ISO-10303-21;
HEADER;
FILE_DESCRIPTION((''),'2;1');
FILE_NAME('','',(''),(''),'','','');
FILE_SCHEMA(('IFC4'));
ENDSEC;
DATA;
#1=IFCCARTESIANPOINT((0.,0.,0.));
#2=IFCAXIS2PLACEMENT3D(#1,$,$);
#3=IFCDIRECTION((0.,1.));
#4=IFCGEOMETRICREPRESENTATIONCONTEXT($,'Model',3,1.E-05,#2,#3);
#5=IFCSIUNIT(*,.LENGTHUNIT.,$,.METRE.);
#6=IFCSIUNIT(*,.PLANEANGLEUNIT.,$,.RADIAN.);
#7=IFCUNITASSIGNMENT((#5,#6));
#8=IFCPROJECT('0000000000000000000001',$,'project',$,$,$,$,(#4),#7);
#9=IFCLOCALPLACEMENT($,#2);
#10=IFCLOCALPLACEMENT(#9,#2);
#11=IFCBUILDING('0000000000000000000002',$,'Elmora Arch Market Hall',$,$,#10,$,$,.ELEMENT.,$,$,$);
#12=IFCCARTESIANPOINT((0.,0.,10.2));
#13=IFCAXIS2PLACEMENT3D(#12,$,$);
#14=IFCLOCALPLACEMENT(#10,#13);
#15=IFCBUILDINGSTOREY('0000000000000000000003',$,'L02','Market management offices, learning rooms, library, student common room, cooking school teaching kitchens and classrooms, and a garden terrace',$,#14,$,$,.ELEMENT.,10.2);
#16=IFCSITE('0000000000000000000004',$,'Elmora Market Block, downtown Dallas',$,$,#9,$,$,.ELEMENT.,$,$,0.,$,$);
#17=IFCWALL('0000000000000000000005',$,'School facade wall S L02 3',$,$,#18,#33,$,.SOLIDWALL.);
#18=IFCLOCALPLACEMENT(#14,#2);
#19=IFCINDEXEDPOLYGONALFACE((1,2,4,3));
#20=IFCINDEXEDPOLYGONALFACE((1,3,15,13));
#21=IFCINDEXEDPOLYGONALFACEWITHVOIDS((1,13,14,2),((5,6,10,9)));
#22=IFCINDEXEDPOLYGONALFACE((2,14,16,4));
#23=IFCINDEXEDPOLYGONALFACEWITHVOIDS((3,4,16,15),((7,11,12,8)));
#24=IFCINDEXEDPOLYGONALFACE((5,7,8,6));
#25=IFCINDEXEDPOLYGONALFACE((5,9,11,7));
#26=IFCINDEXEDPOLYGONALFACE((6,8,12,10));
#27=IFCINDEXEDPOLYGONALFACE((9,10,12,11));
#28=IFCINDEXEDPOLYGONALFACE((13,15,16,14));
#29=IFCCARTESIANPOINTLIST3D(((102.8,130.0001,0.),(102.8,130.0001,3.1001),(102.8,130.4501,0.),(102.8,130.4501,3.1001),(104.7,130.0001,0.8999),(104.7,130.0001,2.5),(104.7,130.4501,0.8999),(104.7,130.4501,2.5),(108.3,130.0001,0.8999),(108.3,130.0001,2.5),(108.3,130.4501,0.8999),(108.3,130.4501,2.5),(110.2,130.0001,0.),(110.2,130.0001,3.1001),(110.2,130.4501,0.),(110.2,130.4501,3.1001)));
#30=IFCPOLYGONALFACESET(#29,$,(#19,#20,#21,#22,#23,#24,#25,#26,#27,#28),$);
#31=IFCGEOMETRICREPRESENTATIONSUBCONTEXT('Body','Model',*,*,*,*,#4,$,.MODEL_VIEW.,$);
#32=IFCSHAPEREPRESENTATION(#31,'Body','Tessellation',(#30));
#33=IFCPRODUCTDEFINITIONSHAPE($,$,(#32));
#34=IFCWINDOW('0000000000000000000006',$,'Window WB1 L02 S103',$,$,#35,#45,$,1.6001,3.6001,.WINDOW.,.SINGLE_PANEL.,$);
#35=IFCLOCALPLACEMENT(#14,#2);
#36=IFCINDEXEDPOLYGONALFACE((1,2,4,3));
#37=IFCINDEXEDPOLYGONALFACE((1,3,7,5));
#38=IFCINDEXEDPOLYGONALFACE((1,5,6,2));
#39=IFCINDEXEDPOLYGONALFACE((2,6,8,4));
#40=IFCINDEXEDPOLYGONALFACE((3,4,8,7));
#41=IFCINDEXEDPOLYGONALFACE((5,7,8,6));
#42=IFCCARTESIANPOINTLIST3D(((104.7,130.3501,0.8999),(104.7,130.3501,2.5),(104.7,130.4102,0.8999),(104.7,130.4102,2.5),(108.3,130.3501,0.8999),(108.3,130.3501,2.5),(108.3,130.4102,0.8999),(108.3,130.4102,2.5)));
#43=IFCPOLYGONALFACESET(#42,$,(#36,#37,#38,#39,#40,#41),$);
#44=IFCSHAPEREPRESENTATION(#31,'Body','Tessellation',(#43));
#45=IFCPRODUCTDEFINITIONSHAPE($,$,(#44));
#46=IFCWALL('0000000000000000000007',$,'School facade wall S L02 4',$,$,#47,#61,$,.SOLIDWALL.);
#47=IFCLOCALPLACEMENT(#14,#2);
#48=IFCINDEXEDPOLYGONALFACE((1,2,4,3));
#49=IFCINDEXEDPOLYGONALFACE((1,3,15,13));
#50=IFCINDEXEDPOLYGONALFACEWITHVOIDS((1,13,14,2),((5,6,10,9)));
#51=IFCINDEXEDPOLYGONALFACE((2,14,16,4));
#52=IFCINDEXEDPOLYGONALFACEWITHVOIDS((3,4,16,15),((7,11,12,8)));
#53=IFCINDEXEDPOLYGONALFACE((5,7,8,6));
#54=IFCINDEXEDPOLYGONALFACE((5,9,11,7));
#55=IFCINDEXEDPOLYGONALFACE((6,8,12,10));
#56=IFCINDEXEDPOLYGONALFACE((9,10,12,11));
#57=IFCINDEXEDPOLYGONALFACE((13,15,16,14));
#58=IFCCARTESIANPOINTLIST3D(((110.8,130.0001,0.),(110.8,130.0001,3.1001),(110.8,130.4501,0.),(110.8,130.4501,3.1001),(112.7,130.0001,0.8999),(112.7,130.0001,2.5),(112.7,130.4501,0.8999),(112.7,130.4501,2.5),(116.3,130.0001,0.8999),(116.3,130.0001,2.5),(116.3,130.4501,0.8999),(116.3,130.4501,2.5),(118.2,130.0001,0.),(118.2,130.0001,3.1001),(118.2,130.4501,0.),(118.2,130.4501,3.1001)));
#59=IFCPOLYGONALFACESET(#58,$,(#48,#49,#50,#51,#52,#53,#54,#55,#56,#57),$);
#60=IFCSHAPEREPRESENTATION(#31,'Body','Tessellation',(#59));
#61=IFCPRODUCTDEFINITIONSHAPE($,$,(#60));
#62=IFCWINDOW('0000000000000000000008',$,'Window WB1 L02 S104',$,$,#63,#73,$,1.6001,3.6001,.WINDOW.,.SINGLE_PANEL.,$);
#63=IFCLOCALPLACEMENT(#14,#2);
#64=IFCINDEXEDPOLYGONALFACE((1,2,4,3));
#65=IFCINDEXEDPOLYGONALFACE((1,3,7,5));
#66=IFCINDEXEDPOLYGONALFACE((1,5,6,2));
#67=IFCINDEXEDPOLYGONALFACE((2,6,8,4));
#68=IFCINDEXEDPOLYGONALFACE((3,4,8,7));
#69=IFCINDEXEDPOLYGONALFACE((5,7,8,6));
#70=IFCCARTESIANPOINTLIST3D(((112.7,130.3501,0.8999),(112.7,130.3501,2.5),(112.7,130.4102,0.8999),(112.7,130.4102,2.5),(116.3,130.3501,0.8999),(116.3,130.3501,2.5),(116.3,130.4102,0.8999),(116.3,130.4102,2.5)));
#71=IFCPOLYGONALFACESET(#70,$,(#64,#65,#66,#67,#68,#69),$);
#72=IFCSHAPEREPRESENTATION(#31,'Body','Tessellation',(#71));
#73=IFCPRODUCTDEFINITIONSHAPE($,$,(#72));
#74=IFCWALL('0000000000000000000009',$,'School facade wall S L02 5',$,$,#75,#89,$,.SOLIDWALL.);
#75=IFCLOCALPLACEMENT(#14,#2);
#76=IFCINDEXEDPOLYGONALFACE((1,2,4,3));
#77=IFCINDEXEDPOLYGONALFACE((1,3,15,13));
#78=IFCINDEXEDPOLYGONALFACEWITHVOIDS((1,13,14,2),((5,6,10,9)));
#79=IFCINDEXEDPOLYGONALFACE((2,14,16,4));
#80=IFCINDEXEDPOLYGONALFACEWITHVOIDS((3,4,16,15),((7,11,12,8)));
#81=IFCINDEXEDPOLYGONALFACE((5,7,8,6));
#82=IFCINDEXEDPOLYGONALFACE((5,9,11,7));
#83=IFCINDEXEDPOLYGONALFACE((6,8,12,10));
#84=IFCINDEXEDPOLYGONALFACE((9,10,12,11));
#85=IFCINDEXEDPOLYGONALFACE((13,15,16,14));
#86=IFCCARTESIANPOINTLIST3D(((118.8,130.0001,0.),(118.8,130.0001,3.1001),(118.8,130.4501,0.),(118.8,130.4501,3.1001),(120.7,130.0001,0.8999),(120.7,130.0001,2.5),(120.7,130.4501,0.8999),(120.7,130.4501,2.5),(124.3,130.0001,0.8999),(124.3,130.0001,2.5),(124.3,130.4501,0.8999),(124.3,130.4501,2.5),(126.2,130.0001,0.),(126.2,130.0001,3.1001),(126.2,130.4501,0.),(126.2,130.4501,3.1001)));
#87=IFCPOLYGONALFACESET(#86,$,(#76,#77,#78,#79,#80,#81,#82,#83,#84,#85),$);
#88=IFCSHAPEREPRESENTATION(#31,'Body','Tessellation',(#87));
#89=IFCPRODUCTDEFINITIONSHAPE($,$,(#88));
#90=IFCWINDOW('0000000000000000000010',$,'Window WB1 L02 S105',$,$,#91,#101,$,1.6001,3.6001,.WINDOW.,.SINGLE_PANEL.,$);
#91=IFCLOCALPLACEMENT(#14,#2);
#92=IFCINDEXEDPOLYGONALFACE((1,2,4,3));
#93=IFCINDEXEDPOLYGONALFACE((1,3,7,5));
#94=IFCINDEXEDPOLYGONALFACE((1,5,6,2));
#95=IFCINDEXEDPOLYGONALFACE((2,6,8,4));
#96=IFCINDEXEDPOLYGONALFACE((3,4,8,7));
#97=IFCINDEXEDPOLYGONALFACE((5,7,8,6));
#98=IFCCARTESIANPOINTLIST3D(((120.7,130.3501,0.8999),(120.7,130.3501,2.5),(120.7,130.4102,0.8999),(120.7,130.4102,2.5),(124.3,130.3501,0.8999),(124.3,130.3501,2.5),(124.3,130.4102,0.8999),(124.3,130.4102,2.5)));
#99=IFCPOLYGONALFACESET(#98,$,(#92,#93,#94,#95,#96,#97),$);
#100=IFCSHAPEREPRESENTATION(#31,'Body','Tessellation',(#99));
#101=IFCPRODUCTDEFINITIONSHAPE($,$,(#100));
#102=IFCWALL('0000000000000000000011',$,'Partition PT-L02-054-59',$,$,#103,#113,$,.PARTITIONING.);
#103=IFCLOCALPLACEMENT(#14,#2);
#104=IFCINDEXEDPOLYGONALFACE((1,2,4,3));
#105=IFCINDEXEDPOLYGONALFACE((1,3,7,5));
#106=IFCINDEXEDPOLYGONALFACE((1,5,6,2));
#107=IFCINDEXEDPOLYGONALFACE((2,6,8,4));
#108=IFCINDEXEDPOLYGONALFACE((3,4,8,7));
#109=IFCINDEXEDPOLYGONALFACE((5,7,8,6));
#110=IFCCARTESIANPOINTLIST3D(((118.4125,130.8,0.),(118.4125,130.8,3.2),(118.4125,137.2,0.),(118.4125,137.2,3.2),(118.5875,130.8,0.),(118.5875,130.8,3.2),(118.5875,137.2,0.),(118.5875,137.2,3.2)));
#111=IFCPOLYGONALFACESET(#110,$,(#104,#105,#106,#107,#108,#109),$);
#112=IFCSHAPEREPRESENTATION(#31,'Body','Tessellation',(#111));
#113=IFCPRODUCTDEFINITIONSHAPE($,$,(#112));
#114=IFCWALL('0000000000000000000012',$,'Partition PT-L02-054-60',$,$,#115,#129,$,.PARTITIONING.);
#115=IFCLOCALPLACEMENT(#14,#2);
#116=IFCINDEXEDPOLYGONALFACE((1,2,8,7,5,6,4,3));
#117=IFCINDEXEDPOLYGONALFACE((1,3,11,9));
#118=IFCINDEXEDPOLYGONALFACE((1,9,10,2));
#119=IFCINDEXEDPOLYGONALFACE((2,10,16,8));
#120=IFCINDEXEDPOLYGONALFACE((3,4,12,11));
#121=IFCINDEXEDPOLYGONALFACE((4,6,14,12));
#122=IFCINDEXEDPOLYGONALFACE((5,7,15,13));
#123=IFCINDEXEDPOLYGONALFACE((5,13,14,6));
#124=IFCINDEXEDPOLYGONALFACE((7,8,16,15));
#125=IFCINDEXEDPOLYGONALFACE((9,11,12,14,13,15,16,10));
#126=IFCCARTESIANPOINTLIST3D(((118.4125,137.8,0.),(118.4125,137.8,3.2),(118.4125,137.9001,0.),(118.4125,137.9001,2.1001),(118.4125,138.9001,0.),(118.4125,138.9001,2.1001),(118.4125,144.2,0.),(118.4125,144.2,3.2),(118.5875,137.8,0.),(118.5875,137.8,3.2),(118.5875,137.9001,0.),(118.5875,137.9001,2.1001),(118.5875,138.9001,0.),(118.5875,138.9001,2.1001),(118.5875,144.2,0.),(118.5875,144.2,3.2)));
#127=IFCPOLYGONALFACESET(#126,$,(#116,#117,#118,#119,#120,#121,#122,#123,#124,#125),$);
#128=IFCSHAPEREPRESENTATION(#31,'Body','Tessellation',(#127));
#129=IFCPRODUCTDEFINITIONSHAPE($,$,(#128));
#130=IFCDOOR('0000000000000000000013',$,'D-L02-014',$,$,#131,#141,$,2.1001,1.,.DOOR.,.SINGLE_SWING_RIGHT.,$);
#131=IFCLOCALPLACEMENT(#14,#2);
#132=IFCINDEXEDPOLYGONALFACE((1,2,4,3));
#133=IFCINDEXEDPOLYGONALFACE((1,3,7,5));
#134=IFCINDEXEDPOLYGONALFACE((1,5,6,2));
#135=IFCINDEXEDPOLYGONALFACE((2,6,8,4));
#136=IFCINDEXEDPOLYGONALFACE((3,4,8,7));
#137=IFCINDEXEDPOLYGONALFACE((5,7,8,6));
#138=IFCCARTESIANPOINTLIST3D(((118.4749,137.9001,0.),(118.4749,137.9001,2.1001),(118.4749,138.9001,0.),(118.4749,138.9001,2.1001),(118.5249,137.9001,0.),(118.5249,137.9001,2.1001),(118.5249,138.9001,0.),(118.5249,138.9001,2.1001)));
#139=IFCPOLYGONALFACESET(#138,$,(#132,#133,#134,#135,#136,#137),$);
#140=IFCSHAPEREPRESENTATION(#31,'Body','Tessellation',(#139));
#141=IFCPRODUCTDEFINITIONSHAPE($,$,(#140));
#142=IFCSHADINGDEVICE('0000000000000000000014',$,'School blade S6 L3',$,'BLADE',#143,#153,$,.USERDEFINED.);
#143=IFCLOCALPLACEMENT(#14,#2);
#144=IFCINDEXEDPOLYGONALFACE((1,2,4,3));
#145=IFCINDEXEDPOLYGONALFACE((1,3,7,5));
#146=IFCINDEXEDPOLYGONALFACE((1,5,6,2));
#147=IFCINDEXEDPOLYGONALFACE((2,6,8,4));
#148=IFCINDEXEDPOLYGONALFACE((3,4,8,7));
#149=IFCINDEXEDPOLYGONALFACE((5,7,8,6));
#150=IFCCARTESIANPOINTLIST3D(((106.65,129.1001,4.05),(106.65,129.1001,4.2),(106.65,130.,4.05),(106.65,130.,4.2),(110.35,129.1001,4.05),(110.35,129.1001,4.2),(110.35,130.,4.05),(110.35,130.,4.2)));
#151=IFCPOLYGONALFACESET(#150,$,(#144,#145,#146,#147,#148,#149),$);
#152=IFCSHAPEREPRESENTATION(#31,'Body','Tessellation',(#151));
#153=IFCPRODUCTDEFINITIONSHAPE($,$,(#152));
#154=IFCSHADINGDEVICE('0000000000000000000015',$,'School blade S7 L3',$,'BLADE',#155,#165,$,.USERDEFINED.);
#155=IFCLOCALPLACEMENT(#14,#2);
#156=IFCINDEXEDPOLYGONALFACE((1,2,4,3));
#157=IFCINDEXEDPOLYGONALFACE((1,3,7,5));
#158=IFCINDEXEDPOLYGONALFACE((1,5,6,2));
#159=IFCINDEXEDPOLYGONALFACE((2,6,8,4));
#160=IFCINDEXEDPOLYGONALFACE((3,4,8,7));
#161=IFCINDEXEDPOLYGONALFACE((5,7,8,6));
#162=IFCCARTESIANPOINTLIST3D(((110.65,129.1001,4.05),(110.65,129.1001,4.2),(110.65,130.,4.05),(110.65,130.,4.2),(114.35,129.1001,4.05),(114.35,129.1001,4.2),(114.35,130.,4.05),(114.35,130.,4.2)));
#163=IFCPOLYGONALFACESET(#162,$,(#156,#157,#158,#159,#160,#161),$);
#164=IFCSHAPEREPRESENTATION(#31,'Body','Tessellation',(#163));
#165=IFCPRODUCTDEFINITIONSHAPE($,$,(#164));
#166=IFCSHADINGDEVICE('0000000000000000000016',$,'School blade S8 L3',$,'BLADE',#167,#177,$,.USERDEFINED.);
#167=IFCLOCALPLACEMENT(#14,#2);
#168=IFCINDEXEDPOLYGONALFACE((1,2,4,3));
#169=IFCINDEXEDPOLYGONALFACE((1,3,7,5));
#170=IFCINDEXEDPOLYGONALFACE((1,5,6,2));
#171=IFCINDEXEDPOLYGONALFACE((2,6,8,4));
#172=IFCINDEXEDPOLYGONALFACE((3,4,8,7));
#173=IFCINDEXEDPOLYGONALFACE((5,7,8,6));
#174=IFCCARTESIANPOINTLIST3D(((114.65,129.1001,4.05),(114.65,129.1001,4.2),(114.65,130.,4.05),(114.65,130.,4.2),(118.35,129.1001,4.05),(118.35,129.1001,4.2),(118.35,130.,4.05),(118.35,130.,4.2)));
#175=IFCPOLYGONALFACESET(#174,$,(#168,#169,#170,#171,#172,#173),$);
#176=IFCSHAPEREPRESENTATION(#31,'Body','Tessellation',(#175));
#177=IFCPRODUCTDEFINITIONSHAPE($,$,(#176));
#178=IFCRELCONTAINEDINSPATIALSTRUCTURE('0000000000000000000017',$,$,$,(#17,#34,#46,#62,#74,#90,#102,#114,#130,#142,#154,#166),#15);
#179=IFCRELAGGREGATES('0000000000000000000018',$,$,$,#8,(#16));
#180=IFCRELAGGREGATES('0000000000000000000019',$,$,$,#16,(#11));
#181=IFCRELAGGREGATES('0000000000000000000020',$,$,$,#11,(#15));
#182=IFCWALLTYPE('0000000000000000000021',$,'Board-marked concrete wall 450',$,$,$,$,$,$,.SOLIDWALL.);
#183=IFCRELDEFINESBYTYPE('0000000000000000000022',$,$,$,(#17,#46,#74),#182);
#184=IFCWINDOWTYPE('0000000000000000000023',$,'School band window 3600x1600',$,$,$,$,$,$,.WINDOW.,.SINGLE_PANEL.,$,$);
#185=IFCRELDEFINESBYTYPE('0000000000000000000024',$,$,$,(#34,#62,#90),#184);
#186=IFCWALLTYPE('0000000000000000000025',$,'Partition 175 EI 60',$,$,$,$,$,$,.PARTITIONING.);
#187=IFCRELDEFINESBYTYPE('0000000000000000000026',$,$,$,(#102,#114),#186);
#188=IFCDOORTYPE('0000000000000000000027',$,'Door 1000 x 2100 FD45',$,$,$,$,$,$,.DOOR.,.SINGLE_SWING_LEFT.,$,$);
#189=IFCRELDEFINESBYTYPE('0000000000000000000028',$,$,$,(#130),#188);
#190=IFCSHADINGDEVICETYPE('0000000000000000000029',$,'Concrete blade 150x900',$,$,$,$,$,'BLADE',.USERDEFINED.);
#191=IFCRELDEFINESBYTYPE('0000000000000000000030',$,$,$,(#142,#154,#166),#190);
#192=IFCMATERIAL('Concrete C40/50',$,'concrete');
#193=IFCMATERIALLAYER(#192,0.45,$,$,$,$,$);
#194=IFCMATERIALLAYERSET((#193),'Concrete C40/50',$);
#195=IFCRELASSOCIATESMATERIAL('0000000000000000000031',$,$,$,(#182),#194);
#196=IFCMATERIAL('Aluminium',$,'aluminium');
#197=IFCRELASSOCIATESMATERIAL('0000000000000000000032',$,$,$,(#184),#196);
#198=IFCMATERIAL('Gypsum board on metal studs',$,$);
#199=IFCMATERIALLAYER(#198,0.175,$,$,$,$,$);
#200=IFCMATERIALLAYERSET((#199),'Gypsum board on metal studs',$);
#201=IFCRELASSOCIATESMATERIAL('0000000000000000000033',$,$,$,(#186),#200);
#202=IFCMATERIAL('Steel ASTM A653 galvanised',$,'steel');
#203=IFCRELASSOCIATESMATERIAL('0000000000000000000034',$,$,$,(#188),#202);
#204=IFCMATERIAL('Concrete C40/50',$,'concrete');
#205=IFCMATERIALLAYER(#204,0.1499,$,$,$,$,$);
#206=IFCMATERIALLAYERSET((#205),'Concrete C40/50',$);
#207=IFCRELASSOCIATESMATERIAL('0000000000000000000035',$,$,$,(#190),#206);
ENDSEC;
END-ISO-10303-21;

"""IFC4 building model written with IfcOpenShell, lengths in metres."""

from ifc_helpers import new_model, si_unit, direction, frame, frame_2d, origin, origin_2d, place, context, subcontext, project, spatial, rectangle, extrude, material, layer, layer_set, type_object, element, fill, save


model = new_model("IFC4")

# Units and contexts
model_context = context("Model", 3, precision=1e-05, world=origin(), true_north=direction((0.0, 1.0)))
body_context = subcontext(model_context, "Body", "Model", "MODEL_VIEW")
ifc_project = project(units=[si_unit("LENGTHUNIT", "METRE"), si_unit("PLANEANGLEUNIT", "RADIAN")], contexts=[model_context])

# Site, building, storey
site_placement = place(None, origin())
site = spatial("IfcSite", under=ifc_project, at=site_placement, Name="Elmora Market Block, downtown Dallas", CompositionType="ELEMENT", RefElevation=0.0)
building_placement = place(site_placement, origin())
building = spatial("IfcBuilding", under=site, at=building_placement, Name="Elmora Arch Market Hall", CompositionType="ELEMENT")
storey_placement = place(building_placement, frame((0.0, 0.0, 10.2)))
storey = spatial("IfcBuildingStorey", under=building, at=storey_placement, Name="L02", Description="Market management offices, learning rooms, library, student common room, cooking school teaching kitchens and classrooms, and a garden terrace", CompositionType="ELEMENT", Elevation=10.2)

# Walls, openings, windows
ifc_material_1 = material(Name="Concrete C40/50", Category="concrete")
ifc_layer_1 = layer(ifc_material_1, 0.45)
ifc_layer_set_1 = layer_set([ifc_layer_1], Name="Concrete C40/50")
wall_type_1 = type_object("IfcWallType", Name="Board-marked concrete wall 450", PredefinedType="SOLIDWALL", material=ifc_layer_set_1)
wall_1_placement = place(storey_placement, frame((110.2, 130.2251, 0.0), z_axis=(0.0, 0.0, 1.0), x_axis=(-1.0, 0.0, 0.0)))
wall_1 = element("IfcWall", 1, at=wall_1_placement, inside=storey, type_object=wall_type_1, Name="School facade wall S L02 3", PredefinedType="SOLIDWALL", context=body_context, shape_type="SweptSolid", body=[
    extrude(rectangle(XDim=7.3999, YDim=0.45, at=frame_2d((3.7, 0.0))), origin(), (0.0, 0.0, 1.0), 3.1001),
])
opening_1_placement = place(wall_1_placement, frame((1.8999, 0.0, 0.8999)))
opening_1 = element("IfcOpeningElement", 2, at=opening_1_placement, cuts=wall_1, PredefinedType="OPENING", context=body_context, shape_type="SweptSolid", body=[
    extrude(rectangle(XDim=3.6001, YDim=1.6001, at=frame_2d((1.8, 0.8))), frame((0.0, 0.2349, 0.0), z_axis=(0.0, -1.0, 0.0), x_axis=(1.0, 0.0, 0.0)), (0.0, 0.0, 1.0), 0.47),
])
ifc_material_2 = material(Name="Aluminium", Category="aluminium")
window_type = type_object("IfcWindowType", Name="School band window 3600x1600", PartitioningType="SINGLE_PANEL", PredefinedType="WINDOW", material=ifc_material_2)
window_1_placement = place(opening_1_placement, origin())
window_1 = element("IfcWindow", 3, at=window_1_placement, inside=storey, type_object=window_type, Name="Window WB1 L02 S103", OverallHeight=1.6001, OverallWidth=3.6001, PartitioningType="SINGLE_PANEL", PredefinedType="WINDOW", context=body_context, shape_type="SweptSolid", body=[
    extrude(rectangle(XDim=3.6001, YDim=1.6001, at=frame_2d((1.8, 0.8))), frame((0.0, -0.125, 0.0), z_axis=(0.0, -1.0, 0.0), x_axis=(1.0, 0.0, 0.0)), (0.0, 0.0, 1.0), 0.0601),
])
fill(opening_1, window_1)
wall_2_placement = place(storey_placement, frame((118.2, 130.2251, 0.0), z_axis=(0.0, 0.0, 1.0), x_axis=(-1.0, 0.0, 0.0)))
wall_2 = element("IfcWall", 4, at=wall_2_placement, inside=storey, type_object=wall_type_1, Name="School facade wall S L02 4", PredefinedType="SOLIDWALL", context=body_context, shape_type="SweptSolid", body=[
    extrude(rectangle(XDim=7.3999, YDim=0.45, at=frame_2d((3.7, 0.0))), origin(), (0.0, 0.0, 1.0), 3.1001),
])
opening_2_placement = place(wall_2_placement, frame((1.8999, 0.0, 0.8999)))
opening_2 = element("IfcOpeningElement", 5, at=opening_2_placement, cuts=wall_2, PredefinedType="OPENING", context=body_context, shape_type="SweptSolid", body=[
    extrude(rectangle(XDim=3.6001, YDim=1.6001, at=frame_2d((1.8, 0.8))), frame((0.0, 0.2349, 0.0), z_axis=(0.0, -1.0, 0.0), x_axis=(1.0, 0.0, 0.0)), (0.0, 0.0, 1.0), 0.47),
])
window_2_placement = place(opening_2_placement, origin())
window_2 = element("IfcWindow", 6, at=window_2_placement, inside=storey, type_object=window_type, Name="Window WB1 L02 S104", OverallHeight=1.6001, OverallWidth=3.6001, PartitioningType="SINGLE_PANEL", PredefinedType="WINDOW", context=body_context, shape_type="SweptSolid", body=[
    extrude(rectangle(XDim=3.6001, YDim=1.6001, at=frame_2d((1.8, 0.8))), frame((0.0, -0.125, 0.0), z_axis=(0.0, -1.0, 0.0), x_axis=(1.0, 0.0, 0.0)), (0.0, 0.0, 1.0), 0.0601),
])
fill(opening_2, window_2)
wall_3_placement = place(storey_placement, frame((126.2, 130.2251, 0.0), z_axis=(0.0, 0.0, 1.0), x_axis=(-1.0, 0.0, 0.0)))
wall_3 = element("IfcWall", 7, at=wall_3_placement, inside=storey, type_object=wall_type_1, Name="School facade wall S L02 5", PredefinedType="SOLIDWALL", context=body_context, shape_type="SweptSolid", body=[
    extrude(rectangle(XDim=7.3999, YDim=0.45, at=frame_2d((3.7, 0.0))), origin(), (0.0, 0.0, 1.0), 3.1001),
])
opening_3_placement = place(wall_3_placement, frame((1.8999, 0.0, 0.8999)))
opening_3 = element("IfcOpeningElement", 8, at=opening_3_placement, cuts=wall_3, PredefinedType="OPENING", context=body_context, shape_type="SweptSolid", body=[
    extrude(rectangle(XDim=3.6001, YDim=1.6001, at=frame_2d((1.8, 0.8))), frame((0.0, 0.2349, 0.0), z_axis=(0.0, -1.0, 0.0), x_axis=(1.0, 0.0, 0.0)), (0.0, 0.0, 1.0), 0.47),
])
window_3_placement = place(opening_3_placement, origin())
window_3 = element("IfcWindow", 9, at=window_3_placement, inside=storey, type_object=window_type, Name="Window WB1 L02 S105", OverallHeight=1.6001, OverallWidth=3.6001, PartitioningType="SINGLE_PANEL", PredefinedType="WINDOW", context=body_context, shape_type="SweptSolid", body=[
    extrude(rectangle(XDim=3.6001, YDim=1.6001, at=frame_2d((1.8, 0.8))), frame((0.0, -0.125, 0.0), z_axis=(0.0, -1.0, 0.0), x_axis=(1.0, 0.0, 0.0)), (0.0, 0.0, 1.0), 0.0601),
])
fill(opening_3, window_3)

# Wall
ifc_material_3 = material(Name="Gypsum board on metal studs")
ifc_layer_2 = layer(ifc_material_3, 0.175)
ifc_layer_set_2 = layer_set([ifc_layer_2], Name="Gypsum board on metal studs")
wall_type_2 = type_object("IfcWallType", Name="Partition 175 EI 60", PredefinedType="PARTITIONING", material=ifc_layer_set_2)
wall_4_placement = place(storey_placement, frame((118.5, 130.8, 0.0), z_axis=(0.0, 0.0, 1.0), x_axis=(0.0, 1.0, 0.0)))
element("IfcWall", 10, at=wall_4_placement, inside=storey, type_object=wall_type_2, Name="Partition PT-L02-054-59", PredefinedType="PARTITIONING", context=body_context, shape_type="SweptSolid", body=[
    extrude(rectangle(XDim=6.3999, YDim=0.175, at=frame_2d((3.2, 0.0))), origin(), (0.0, 0.0, 1.0), 3.2),
])

# Wall, opening, door
wall_5_placement = place(storey_placement, frame((118.5, 137.8, 0.0), z_axis=(0.0, 0.0, 1.0), x_axis=(0.0, 1.0, 0.0)))
wall_5 = element("IfcWall", 11, at=wall_5_placement, inside=storey, type_object=wall_type_2, Name="Partition PT-L02-054-60", PredefinedType="PARTITIONING", context=body_context, shape_type="SweptSolid", body=[
    extrude(rectangle(XDim=6.3999, YDim=0.175, at=frame_2d((3.2, 0.0))), origin(), (0.0, 0.0, 1.0), 3.2),
])
opening_4_placement = place(wall_5_placement, frame((0.1001, 0.0, 0.0)))
opening_4 = element("IfcOpeningElement", 12, at=opening_4_placement, cuts=wall_5, PredefinedType="OPENING", context=body_context, shape_type="SweptSolid", body=[
    extrude(rectangle(XDim=1.0, YDim=2.1001, at=frame_2d((0.5, 1.05))), frame((0.0, 0.0974, 0.0), z_axis=(0.0, -1.0, 0.0), x_axis=(1.0, 0.0, 0.0)), (0.0, 0.0, 1.0), 0.1951),
])
ifc_material_4 = material(Name="Steel ASTM A653 galvanised", Category="steel")
door_type = type_object("IfcDoorType", Name="Door 1000 x 2100 FD45", OperationType="SINGLE_SWING_LEFT", PredefinedType="DOOR", material=ifc_material_4)
door_placement = place(opening_4_placement, frame((1.0, 0.0, 0.0), z_axis=(0.0, 0.0, 1.0), x_axis=(-1.0, 0.0, 0.0)))
door = element("IfcDoor", 13, at=door_placement, inside=storey, type_object=door_type, Name="D-L02-014", OperationType="SINGLE_SWING_RIGHT", OverallHeight=2.1001, OverallWidth=1.0, PredefinedType="DOOR", context=body_context, shape_type="SweptSolid", body=[
    extrude(rectangle(XDim=1.0, YDim=2.1001, at=frame_2d((0.5, 1.05))), frame((0.0, 0.0249, 0.0), z_axis=(0.0, -1.0, 0.0), x_axis=(1.0, 0.0, 0.0)), (0.0, 0.0, 1.0), 0.05),
])
fill(opening_4, door)

# Shading devices
ifc_material_5 = material(Name="Concrete C40/50", Category="concrete")
ifc_layer_3 = layer(ifc_material_5, 0.1499)
ifc_layer_set_3 = layer_set([ifc_layer_3], Name="Concrete C40/50")
shading_device_type_1 = type_object("IfcShadingDeviceType", Name="Concrete blade 150x900", ElementType="BLADE", PredefinedType="USERDEFINED", material=ifc_layer_set_3)
for number, where, z_axis, x_axis, name in (
    (14, (108.5, 129.55, 4.05), (0.0, 0.0, 1.0), (1.0, 0.0, 0.0), "School blade S6 L3"),
    (15, (112.5, 129.55, 4.05), (0.0, 0.0, 1.0), (1.0, 0.0, 0.0), "School blade S7 L3"),
    (16, (116.5, 129.55, 4.05), (0.0, 0.0, 1.0), (1.0, 0.0, 0.0), "School blade S8 L3"),
):
    element("IfcShadingDevice", number, at=place(storey_placement, frame(where, z_axis=z_axis, x_axis=x_axis)), inside=storey, type_object=shading_device_type_1, Name=name, ObjectType="BLADE", PredefinedType="USERDEFINED", context=body_context, shape_type="SweptSolid", body=[
        extrude(rectangle(XDim=3.7, YDim=0.8999, at=origin_2d()), origin(), (0.0, 0.0, 1.0), 0.1499),
    ])

save(model, "model.ifc")
